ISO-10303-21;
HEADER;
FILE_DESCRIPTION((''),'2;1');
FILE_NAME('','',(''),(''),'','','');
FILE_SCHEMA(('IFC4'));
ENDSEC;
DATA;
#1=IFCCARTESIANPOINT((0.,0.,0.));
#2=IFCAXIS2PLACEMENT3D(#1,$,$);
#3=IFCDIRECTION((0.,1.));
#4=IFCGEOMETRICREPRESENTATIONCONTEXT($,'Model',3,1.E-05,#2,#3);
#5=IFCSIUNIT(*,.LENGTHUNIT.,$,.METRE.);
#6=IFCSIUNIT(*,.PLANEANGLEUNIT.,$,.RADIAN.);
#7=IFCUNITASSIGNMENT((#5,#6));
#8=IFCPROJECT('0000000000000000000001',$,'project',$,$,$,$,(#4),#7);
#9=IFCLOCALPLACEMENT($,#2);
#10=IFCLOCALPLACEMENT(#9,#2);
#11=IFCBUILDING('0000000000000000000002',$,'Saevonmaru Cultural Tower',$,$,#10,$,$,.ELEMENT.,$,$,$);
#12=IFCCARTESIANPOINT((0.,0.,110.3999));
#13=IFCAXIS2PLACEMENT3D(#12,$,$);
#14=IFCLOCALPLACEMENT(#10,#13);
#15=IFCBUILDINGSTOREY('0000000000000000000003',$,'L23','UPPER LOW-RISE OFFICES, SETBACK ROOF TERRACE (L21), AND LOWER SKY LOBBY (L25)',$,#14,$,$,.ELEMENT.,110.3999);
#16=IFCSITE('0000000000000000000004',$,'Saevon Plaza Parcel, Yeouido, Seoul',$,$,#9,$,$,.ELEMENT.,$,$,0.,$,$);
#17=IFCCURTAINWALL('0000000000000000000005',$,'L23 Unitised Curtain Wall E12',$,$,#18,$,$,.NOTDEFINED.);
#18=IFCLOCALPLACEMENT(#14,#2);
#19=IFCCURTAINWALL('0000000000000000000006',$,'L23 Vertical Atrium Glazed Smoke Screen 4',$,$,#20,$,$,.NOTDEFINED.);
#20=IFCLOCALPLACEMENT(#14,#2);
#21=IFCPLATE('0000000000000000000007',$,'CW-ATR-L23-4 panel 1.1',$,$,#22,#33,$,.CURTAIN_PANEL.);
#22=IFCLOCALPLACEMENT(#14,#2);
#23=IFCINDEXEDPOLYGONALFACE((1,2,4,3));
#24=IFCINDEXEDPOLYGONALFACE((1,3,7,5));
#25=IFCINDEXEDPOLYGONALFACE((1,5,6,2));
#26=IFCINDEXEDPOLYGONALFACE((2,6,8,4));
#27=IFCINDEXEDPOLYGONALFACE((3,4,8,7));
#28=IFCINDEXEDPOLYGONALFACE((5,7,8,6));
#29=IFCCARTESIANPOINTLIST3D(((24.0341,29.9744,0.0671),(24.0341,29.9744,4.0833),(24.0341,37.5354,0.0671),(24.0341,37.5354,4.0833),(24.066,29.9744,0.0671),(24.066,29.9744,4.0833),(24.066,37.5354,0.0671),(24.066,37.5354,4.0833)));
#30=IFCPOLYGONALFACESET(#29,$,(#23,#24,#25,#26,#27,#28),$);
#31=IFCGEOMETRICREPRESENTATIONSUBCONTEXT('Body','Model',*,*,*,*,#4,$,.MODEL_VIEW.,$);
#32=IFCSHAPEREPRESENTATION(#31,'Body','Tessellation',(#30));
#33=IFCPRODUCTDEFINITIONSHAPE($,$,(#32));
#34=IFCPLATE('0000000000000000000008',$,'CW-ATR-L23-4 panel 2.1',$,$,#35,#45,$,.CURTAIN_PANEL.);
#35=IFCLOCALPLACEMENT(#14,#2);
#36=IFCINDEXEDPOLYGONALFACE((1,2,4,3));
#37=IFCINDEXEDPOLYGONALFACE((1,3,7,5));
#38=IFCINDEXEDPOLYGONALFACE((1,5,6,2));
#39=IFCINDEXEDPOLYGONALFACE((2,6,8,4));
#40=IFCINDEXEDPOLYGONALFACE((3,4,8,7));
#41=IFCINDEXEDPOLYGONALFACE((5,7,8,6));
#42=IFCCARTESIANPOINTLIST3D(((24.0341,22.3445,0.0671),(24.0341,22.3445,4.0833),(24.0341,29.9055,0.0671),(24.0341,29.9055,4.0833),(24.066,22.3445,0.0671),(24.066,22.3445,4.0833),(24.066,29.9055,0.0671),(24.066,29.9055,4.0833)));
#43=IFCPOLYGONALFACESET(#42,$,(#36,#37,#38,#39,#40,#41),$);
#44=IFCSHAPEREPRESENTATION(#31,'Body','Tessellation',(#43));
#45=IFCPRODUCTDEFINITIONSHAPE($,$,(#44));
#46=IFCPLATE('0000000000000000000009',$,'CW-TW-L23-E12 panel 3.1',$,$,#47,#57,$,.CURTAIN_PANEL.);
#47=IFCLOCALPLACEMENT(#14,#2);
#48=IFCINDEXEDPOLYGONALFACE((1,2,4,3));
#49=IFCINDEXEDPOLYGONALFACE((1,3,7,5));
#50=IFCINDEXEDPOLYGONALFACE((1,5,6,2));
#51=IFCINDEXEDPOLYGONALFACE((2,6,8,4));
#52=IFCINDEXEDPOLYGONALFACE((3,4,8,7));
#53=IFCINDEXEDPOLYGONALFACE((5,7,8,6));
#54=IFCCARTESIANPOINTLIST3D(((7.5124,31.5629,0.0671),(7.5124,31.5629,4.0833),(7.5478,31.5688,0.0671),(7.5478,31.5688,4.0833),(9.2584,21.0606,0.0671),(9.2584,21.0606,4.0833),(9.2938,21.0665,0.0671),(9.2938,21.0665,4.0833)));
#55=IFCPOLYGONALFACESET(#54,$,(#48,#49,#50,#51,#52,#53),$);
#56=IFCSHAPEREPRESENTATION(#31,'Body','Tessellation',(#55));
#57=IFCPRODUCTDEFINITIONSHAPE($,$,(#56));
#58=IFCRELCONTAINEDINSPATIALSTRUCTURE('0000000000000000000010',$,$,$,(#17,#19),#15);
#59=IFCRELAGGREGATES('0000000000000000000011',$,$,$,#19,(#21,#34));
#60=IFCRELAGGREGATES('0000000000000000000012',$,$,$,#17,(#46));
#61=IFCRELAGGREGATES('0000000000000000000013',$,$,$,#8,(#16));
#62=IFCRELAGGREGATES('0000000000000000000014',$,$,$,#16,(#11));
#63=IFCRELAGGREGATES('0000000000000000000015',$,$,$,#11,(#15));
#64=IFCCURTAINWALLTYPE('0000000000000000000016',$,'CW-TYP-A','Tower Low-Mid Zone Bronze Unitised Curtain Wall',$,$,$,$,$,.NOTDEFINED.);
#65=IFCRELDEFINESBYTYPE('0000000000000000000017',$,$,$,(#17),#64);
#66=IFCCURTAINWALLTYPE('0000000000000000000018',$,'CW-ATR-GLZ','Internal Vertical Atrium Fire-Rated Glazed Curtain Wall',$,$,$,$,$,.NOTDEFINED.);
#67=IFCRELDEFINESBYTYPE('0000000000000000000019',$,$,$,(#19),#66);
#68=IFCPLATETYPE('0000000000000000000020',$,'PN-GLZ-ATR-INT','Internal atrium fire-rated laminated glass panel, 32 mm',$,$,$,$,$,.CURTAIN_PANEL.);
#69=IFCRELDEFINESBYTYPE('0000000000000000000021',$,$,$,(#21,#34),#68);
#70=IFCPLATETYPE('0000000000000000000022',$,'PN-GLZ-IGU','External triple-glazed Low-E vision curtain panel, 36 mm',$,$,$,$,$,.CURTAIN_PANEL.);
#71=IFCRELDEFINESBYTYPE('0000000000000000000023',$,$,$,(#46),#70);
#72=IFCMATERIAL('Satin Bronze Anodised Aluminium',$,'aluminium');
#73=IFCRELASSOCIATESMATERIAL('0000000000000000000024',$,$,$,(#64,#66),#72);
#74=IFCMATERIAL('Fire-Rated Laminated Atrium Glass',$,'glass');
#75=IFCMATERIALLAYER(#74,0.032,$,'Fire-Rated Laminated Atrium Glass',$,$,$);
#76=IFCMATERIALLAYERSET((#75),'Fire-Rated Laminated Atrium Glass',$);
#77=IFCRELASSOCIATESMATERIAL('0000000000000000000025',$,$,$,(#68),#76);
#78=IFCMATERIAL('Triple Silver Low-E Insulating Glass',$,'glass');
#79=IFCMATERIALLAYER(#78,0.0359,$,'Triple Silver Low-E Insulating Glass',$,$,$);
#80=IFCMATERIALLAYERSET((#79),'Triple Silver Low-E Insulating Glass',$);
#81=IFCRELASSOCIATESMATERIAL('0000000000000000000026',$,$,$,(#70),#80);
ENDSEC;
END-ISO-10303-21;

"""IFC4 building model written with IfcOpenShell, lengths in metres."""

from ifc_helpers import new_model, si_unit, direction, frame, origin, origin_2d, place, context, subcontext, project, spatial, rectangle, extrude, material, layer, layer_set, type_object, element, aggregate, save


model = new_model("IFC4")

# Units and contexts
model_context = context("Model", 3, precision=1e-05, world=origin(), true_north=direction((0.0, 1.0)))
body_context = subcontext(model_context, "Body", "Model", "MODEL_VIEW")
ifc_project = project(units=[si_unit("LENGTHUNIT", "METRE"), si_unit("PLANEANGLEUNIT", "RADIAN")], contexts=[model_context])

# Site, building, storey
site_placement = place(None, origin())
site = spatial("IfcSite", under=ifc_project, at=site_placement, Name="Saevon Plaza Parcel, Yeouido, Seoul", CompositionType="ELEMENT", RefElevation=0.0)
building_placement = place(site_placement, origin())
building = spatial("IfcBuilding", under=site, at=building_placement, Name="Saevonmaru Cultural Tower", CompositionType="ELEMENT")
storey_placement = place(building_placement, frame((0.0, 0.0, 110.3999)))
storey = spatial("IfcBuildingStorey", under=building, at=storey_placement, Name="L23", Description="UPPER LOW-RISE OFFICES, SETBACK ROOF TERRACE (L21), AND LOWER SKY LOBBY (L25)", CompositionType="ELEMENT", Elevation=110.3999)

# Curtain wall
ifc_material_1 = material(Name="Satin Bronze Anodised Aluminium", Category="aluminium")
curtain_wall_type_1 = type_object("IfcCurtainWallType", Name="CW-TYP-A", Description="Tower Low-Mid Zone Bronze Unitised Curtain Wall", PredefinedType="NOTDEFINED", material=ifc_material_1)
curtain_wall_1_placement = place(storey_placement, origin())
curtain_wall_1 = element("IfcCurtainWall", 1, at=curtain_wall_1_placement, inside=storey, type_object=curtain_wall_type_1, Name="L23 Unitised Curtain Wall E12", PredefinedType="NOTDEFINED")

# Curtain wall
curtain_wall_type_2 = type_object("IfcCurtainWallType", Name="CW-ATR-GLZ", Description="Internal Vertical Atrium Fire-Rated Glazed Curtain Wall", PredefinedType="NOTDEFINED", material=ifc_material_1)
curtain_wall_2_placement = place(storey_placement, origin())
curtain_wall_2 = element("IfcCurtainWall", 2, at=curtain_wall_2_placement, inside=storey, type_object=curtain_wall_type_2, Name="L23 Vertical Atrium Glazed Smoke Screen 4", PredefinedType="NOTDEFINED")

# Plates
ifc_material_2 = material(Name="Fire-Rated Laminated Atrium Glass", Category="glass")
ifc_layer_1 = layer(ifc_material_2, 0.032, Name="Fire-Rated Laminated Atrium Glass")
ifc_layer_set_1 = layer_set([ifc_layer_1], Name="Fire-Rated Laminated Atrium Glass")
plate_type_1 = type_object("IfcPlateType", Name="PN-GLZ-ATR-INT", Description="Internal atrium fire-rated laminated glass panel, 32 mm", PredefinedType="CURTAIN_PANEL", material=ifc_layer_set_1)
plate_1_placement = place(storey_placement, frame((24.05, 33.7549, 0.0671), z_axis=(0.0, 0.0, 1.0), x_axis=(0.0, -1.0, 0.0)))
plate_1 = element("IfcPlate", 3, at=plate_1_placement, type_object=plate_type_1, Name="CW-ATR-L23-4 panel 1.1", PredefinedType="CURTAIN_PANEL", context=body_context, shape_type="SweptSolid", body=[
    extrude(rectangle(XDim=7.561, YDim=0.032, at=origin_2d()), origin(), (0.0, 0.0, 1.0), 4.0161),
])
plate_2_placement = place(storey_placement, frame((24.05, 26.125, 0.0671), z_axis=(0.0, 0.0, 1.0), x_axis=(0.0, -1.0, 0.0)))
plate_2 = element("IfcPlate", 4, at=plate_2_placement, type_object=plate_type_1, Name="CW-ATR-L23-4 panel 2.1", PredefinedType="CURTAIN_PANEL", context=body_context, shape_type="SweptSolid", body=[
    extrude(rectangle(XDim=7.561, YDim=0.032, at=origin_2d()), origin(), (0.0, 0.0, 1.0), 4.0161),
])
aggregate(curtain_wall_2, [plate_1, plate_2])
ifc_material_3 = material(Name="Triple Silver Low-E Insulating Glass", Category="glass")
ifc_layer_2 = layer(ifc_material_3, 0.0359, Name="Triple Silver Low-E Insulating Glass")
ifc_layer_set_2 = layer_set([ifc_layer_2], Name="Triple Silver Low-E Insulating Glass")
plate_type_2 = type_object("IfcPlateType", Name="PN-GLZ-IGU", Description="External triple-glazed Low-E vision curtain panel, 36 mm", PredefinedType="CURTAIN_PANEL", material=ifc_layer_set_2)
plate_3_placement = place(storey_placement, frame((8.4031, 26.3147, 0.0671), z_axis=(0.0, 0.0, 1.0), x_axis=(0.163999, -0.986461, 0.0)))
plate_3 = element("IfcPlate", 5, at=plate_3_placement, type_object=plate_type_2, Name="CW-TW-L23-E12 panel 3.1", PredefinedType="CURTAIN_PANEL", context=body_context, shape_type="SweptSolid", body=[
    extrude(rectangle(XDim=10.6465, YDim=0.0359, at=origin_2d()), origin(), (0.0, 0.0, 1.0), 4.0161),
])
aggregate(curtain_wall_1, [plate_3])

save(model, "model.ifc")
